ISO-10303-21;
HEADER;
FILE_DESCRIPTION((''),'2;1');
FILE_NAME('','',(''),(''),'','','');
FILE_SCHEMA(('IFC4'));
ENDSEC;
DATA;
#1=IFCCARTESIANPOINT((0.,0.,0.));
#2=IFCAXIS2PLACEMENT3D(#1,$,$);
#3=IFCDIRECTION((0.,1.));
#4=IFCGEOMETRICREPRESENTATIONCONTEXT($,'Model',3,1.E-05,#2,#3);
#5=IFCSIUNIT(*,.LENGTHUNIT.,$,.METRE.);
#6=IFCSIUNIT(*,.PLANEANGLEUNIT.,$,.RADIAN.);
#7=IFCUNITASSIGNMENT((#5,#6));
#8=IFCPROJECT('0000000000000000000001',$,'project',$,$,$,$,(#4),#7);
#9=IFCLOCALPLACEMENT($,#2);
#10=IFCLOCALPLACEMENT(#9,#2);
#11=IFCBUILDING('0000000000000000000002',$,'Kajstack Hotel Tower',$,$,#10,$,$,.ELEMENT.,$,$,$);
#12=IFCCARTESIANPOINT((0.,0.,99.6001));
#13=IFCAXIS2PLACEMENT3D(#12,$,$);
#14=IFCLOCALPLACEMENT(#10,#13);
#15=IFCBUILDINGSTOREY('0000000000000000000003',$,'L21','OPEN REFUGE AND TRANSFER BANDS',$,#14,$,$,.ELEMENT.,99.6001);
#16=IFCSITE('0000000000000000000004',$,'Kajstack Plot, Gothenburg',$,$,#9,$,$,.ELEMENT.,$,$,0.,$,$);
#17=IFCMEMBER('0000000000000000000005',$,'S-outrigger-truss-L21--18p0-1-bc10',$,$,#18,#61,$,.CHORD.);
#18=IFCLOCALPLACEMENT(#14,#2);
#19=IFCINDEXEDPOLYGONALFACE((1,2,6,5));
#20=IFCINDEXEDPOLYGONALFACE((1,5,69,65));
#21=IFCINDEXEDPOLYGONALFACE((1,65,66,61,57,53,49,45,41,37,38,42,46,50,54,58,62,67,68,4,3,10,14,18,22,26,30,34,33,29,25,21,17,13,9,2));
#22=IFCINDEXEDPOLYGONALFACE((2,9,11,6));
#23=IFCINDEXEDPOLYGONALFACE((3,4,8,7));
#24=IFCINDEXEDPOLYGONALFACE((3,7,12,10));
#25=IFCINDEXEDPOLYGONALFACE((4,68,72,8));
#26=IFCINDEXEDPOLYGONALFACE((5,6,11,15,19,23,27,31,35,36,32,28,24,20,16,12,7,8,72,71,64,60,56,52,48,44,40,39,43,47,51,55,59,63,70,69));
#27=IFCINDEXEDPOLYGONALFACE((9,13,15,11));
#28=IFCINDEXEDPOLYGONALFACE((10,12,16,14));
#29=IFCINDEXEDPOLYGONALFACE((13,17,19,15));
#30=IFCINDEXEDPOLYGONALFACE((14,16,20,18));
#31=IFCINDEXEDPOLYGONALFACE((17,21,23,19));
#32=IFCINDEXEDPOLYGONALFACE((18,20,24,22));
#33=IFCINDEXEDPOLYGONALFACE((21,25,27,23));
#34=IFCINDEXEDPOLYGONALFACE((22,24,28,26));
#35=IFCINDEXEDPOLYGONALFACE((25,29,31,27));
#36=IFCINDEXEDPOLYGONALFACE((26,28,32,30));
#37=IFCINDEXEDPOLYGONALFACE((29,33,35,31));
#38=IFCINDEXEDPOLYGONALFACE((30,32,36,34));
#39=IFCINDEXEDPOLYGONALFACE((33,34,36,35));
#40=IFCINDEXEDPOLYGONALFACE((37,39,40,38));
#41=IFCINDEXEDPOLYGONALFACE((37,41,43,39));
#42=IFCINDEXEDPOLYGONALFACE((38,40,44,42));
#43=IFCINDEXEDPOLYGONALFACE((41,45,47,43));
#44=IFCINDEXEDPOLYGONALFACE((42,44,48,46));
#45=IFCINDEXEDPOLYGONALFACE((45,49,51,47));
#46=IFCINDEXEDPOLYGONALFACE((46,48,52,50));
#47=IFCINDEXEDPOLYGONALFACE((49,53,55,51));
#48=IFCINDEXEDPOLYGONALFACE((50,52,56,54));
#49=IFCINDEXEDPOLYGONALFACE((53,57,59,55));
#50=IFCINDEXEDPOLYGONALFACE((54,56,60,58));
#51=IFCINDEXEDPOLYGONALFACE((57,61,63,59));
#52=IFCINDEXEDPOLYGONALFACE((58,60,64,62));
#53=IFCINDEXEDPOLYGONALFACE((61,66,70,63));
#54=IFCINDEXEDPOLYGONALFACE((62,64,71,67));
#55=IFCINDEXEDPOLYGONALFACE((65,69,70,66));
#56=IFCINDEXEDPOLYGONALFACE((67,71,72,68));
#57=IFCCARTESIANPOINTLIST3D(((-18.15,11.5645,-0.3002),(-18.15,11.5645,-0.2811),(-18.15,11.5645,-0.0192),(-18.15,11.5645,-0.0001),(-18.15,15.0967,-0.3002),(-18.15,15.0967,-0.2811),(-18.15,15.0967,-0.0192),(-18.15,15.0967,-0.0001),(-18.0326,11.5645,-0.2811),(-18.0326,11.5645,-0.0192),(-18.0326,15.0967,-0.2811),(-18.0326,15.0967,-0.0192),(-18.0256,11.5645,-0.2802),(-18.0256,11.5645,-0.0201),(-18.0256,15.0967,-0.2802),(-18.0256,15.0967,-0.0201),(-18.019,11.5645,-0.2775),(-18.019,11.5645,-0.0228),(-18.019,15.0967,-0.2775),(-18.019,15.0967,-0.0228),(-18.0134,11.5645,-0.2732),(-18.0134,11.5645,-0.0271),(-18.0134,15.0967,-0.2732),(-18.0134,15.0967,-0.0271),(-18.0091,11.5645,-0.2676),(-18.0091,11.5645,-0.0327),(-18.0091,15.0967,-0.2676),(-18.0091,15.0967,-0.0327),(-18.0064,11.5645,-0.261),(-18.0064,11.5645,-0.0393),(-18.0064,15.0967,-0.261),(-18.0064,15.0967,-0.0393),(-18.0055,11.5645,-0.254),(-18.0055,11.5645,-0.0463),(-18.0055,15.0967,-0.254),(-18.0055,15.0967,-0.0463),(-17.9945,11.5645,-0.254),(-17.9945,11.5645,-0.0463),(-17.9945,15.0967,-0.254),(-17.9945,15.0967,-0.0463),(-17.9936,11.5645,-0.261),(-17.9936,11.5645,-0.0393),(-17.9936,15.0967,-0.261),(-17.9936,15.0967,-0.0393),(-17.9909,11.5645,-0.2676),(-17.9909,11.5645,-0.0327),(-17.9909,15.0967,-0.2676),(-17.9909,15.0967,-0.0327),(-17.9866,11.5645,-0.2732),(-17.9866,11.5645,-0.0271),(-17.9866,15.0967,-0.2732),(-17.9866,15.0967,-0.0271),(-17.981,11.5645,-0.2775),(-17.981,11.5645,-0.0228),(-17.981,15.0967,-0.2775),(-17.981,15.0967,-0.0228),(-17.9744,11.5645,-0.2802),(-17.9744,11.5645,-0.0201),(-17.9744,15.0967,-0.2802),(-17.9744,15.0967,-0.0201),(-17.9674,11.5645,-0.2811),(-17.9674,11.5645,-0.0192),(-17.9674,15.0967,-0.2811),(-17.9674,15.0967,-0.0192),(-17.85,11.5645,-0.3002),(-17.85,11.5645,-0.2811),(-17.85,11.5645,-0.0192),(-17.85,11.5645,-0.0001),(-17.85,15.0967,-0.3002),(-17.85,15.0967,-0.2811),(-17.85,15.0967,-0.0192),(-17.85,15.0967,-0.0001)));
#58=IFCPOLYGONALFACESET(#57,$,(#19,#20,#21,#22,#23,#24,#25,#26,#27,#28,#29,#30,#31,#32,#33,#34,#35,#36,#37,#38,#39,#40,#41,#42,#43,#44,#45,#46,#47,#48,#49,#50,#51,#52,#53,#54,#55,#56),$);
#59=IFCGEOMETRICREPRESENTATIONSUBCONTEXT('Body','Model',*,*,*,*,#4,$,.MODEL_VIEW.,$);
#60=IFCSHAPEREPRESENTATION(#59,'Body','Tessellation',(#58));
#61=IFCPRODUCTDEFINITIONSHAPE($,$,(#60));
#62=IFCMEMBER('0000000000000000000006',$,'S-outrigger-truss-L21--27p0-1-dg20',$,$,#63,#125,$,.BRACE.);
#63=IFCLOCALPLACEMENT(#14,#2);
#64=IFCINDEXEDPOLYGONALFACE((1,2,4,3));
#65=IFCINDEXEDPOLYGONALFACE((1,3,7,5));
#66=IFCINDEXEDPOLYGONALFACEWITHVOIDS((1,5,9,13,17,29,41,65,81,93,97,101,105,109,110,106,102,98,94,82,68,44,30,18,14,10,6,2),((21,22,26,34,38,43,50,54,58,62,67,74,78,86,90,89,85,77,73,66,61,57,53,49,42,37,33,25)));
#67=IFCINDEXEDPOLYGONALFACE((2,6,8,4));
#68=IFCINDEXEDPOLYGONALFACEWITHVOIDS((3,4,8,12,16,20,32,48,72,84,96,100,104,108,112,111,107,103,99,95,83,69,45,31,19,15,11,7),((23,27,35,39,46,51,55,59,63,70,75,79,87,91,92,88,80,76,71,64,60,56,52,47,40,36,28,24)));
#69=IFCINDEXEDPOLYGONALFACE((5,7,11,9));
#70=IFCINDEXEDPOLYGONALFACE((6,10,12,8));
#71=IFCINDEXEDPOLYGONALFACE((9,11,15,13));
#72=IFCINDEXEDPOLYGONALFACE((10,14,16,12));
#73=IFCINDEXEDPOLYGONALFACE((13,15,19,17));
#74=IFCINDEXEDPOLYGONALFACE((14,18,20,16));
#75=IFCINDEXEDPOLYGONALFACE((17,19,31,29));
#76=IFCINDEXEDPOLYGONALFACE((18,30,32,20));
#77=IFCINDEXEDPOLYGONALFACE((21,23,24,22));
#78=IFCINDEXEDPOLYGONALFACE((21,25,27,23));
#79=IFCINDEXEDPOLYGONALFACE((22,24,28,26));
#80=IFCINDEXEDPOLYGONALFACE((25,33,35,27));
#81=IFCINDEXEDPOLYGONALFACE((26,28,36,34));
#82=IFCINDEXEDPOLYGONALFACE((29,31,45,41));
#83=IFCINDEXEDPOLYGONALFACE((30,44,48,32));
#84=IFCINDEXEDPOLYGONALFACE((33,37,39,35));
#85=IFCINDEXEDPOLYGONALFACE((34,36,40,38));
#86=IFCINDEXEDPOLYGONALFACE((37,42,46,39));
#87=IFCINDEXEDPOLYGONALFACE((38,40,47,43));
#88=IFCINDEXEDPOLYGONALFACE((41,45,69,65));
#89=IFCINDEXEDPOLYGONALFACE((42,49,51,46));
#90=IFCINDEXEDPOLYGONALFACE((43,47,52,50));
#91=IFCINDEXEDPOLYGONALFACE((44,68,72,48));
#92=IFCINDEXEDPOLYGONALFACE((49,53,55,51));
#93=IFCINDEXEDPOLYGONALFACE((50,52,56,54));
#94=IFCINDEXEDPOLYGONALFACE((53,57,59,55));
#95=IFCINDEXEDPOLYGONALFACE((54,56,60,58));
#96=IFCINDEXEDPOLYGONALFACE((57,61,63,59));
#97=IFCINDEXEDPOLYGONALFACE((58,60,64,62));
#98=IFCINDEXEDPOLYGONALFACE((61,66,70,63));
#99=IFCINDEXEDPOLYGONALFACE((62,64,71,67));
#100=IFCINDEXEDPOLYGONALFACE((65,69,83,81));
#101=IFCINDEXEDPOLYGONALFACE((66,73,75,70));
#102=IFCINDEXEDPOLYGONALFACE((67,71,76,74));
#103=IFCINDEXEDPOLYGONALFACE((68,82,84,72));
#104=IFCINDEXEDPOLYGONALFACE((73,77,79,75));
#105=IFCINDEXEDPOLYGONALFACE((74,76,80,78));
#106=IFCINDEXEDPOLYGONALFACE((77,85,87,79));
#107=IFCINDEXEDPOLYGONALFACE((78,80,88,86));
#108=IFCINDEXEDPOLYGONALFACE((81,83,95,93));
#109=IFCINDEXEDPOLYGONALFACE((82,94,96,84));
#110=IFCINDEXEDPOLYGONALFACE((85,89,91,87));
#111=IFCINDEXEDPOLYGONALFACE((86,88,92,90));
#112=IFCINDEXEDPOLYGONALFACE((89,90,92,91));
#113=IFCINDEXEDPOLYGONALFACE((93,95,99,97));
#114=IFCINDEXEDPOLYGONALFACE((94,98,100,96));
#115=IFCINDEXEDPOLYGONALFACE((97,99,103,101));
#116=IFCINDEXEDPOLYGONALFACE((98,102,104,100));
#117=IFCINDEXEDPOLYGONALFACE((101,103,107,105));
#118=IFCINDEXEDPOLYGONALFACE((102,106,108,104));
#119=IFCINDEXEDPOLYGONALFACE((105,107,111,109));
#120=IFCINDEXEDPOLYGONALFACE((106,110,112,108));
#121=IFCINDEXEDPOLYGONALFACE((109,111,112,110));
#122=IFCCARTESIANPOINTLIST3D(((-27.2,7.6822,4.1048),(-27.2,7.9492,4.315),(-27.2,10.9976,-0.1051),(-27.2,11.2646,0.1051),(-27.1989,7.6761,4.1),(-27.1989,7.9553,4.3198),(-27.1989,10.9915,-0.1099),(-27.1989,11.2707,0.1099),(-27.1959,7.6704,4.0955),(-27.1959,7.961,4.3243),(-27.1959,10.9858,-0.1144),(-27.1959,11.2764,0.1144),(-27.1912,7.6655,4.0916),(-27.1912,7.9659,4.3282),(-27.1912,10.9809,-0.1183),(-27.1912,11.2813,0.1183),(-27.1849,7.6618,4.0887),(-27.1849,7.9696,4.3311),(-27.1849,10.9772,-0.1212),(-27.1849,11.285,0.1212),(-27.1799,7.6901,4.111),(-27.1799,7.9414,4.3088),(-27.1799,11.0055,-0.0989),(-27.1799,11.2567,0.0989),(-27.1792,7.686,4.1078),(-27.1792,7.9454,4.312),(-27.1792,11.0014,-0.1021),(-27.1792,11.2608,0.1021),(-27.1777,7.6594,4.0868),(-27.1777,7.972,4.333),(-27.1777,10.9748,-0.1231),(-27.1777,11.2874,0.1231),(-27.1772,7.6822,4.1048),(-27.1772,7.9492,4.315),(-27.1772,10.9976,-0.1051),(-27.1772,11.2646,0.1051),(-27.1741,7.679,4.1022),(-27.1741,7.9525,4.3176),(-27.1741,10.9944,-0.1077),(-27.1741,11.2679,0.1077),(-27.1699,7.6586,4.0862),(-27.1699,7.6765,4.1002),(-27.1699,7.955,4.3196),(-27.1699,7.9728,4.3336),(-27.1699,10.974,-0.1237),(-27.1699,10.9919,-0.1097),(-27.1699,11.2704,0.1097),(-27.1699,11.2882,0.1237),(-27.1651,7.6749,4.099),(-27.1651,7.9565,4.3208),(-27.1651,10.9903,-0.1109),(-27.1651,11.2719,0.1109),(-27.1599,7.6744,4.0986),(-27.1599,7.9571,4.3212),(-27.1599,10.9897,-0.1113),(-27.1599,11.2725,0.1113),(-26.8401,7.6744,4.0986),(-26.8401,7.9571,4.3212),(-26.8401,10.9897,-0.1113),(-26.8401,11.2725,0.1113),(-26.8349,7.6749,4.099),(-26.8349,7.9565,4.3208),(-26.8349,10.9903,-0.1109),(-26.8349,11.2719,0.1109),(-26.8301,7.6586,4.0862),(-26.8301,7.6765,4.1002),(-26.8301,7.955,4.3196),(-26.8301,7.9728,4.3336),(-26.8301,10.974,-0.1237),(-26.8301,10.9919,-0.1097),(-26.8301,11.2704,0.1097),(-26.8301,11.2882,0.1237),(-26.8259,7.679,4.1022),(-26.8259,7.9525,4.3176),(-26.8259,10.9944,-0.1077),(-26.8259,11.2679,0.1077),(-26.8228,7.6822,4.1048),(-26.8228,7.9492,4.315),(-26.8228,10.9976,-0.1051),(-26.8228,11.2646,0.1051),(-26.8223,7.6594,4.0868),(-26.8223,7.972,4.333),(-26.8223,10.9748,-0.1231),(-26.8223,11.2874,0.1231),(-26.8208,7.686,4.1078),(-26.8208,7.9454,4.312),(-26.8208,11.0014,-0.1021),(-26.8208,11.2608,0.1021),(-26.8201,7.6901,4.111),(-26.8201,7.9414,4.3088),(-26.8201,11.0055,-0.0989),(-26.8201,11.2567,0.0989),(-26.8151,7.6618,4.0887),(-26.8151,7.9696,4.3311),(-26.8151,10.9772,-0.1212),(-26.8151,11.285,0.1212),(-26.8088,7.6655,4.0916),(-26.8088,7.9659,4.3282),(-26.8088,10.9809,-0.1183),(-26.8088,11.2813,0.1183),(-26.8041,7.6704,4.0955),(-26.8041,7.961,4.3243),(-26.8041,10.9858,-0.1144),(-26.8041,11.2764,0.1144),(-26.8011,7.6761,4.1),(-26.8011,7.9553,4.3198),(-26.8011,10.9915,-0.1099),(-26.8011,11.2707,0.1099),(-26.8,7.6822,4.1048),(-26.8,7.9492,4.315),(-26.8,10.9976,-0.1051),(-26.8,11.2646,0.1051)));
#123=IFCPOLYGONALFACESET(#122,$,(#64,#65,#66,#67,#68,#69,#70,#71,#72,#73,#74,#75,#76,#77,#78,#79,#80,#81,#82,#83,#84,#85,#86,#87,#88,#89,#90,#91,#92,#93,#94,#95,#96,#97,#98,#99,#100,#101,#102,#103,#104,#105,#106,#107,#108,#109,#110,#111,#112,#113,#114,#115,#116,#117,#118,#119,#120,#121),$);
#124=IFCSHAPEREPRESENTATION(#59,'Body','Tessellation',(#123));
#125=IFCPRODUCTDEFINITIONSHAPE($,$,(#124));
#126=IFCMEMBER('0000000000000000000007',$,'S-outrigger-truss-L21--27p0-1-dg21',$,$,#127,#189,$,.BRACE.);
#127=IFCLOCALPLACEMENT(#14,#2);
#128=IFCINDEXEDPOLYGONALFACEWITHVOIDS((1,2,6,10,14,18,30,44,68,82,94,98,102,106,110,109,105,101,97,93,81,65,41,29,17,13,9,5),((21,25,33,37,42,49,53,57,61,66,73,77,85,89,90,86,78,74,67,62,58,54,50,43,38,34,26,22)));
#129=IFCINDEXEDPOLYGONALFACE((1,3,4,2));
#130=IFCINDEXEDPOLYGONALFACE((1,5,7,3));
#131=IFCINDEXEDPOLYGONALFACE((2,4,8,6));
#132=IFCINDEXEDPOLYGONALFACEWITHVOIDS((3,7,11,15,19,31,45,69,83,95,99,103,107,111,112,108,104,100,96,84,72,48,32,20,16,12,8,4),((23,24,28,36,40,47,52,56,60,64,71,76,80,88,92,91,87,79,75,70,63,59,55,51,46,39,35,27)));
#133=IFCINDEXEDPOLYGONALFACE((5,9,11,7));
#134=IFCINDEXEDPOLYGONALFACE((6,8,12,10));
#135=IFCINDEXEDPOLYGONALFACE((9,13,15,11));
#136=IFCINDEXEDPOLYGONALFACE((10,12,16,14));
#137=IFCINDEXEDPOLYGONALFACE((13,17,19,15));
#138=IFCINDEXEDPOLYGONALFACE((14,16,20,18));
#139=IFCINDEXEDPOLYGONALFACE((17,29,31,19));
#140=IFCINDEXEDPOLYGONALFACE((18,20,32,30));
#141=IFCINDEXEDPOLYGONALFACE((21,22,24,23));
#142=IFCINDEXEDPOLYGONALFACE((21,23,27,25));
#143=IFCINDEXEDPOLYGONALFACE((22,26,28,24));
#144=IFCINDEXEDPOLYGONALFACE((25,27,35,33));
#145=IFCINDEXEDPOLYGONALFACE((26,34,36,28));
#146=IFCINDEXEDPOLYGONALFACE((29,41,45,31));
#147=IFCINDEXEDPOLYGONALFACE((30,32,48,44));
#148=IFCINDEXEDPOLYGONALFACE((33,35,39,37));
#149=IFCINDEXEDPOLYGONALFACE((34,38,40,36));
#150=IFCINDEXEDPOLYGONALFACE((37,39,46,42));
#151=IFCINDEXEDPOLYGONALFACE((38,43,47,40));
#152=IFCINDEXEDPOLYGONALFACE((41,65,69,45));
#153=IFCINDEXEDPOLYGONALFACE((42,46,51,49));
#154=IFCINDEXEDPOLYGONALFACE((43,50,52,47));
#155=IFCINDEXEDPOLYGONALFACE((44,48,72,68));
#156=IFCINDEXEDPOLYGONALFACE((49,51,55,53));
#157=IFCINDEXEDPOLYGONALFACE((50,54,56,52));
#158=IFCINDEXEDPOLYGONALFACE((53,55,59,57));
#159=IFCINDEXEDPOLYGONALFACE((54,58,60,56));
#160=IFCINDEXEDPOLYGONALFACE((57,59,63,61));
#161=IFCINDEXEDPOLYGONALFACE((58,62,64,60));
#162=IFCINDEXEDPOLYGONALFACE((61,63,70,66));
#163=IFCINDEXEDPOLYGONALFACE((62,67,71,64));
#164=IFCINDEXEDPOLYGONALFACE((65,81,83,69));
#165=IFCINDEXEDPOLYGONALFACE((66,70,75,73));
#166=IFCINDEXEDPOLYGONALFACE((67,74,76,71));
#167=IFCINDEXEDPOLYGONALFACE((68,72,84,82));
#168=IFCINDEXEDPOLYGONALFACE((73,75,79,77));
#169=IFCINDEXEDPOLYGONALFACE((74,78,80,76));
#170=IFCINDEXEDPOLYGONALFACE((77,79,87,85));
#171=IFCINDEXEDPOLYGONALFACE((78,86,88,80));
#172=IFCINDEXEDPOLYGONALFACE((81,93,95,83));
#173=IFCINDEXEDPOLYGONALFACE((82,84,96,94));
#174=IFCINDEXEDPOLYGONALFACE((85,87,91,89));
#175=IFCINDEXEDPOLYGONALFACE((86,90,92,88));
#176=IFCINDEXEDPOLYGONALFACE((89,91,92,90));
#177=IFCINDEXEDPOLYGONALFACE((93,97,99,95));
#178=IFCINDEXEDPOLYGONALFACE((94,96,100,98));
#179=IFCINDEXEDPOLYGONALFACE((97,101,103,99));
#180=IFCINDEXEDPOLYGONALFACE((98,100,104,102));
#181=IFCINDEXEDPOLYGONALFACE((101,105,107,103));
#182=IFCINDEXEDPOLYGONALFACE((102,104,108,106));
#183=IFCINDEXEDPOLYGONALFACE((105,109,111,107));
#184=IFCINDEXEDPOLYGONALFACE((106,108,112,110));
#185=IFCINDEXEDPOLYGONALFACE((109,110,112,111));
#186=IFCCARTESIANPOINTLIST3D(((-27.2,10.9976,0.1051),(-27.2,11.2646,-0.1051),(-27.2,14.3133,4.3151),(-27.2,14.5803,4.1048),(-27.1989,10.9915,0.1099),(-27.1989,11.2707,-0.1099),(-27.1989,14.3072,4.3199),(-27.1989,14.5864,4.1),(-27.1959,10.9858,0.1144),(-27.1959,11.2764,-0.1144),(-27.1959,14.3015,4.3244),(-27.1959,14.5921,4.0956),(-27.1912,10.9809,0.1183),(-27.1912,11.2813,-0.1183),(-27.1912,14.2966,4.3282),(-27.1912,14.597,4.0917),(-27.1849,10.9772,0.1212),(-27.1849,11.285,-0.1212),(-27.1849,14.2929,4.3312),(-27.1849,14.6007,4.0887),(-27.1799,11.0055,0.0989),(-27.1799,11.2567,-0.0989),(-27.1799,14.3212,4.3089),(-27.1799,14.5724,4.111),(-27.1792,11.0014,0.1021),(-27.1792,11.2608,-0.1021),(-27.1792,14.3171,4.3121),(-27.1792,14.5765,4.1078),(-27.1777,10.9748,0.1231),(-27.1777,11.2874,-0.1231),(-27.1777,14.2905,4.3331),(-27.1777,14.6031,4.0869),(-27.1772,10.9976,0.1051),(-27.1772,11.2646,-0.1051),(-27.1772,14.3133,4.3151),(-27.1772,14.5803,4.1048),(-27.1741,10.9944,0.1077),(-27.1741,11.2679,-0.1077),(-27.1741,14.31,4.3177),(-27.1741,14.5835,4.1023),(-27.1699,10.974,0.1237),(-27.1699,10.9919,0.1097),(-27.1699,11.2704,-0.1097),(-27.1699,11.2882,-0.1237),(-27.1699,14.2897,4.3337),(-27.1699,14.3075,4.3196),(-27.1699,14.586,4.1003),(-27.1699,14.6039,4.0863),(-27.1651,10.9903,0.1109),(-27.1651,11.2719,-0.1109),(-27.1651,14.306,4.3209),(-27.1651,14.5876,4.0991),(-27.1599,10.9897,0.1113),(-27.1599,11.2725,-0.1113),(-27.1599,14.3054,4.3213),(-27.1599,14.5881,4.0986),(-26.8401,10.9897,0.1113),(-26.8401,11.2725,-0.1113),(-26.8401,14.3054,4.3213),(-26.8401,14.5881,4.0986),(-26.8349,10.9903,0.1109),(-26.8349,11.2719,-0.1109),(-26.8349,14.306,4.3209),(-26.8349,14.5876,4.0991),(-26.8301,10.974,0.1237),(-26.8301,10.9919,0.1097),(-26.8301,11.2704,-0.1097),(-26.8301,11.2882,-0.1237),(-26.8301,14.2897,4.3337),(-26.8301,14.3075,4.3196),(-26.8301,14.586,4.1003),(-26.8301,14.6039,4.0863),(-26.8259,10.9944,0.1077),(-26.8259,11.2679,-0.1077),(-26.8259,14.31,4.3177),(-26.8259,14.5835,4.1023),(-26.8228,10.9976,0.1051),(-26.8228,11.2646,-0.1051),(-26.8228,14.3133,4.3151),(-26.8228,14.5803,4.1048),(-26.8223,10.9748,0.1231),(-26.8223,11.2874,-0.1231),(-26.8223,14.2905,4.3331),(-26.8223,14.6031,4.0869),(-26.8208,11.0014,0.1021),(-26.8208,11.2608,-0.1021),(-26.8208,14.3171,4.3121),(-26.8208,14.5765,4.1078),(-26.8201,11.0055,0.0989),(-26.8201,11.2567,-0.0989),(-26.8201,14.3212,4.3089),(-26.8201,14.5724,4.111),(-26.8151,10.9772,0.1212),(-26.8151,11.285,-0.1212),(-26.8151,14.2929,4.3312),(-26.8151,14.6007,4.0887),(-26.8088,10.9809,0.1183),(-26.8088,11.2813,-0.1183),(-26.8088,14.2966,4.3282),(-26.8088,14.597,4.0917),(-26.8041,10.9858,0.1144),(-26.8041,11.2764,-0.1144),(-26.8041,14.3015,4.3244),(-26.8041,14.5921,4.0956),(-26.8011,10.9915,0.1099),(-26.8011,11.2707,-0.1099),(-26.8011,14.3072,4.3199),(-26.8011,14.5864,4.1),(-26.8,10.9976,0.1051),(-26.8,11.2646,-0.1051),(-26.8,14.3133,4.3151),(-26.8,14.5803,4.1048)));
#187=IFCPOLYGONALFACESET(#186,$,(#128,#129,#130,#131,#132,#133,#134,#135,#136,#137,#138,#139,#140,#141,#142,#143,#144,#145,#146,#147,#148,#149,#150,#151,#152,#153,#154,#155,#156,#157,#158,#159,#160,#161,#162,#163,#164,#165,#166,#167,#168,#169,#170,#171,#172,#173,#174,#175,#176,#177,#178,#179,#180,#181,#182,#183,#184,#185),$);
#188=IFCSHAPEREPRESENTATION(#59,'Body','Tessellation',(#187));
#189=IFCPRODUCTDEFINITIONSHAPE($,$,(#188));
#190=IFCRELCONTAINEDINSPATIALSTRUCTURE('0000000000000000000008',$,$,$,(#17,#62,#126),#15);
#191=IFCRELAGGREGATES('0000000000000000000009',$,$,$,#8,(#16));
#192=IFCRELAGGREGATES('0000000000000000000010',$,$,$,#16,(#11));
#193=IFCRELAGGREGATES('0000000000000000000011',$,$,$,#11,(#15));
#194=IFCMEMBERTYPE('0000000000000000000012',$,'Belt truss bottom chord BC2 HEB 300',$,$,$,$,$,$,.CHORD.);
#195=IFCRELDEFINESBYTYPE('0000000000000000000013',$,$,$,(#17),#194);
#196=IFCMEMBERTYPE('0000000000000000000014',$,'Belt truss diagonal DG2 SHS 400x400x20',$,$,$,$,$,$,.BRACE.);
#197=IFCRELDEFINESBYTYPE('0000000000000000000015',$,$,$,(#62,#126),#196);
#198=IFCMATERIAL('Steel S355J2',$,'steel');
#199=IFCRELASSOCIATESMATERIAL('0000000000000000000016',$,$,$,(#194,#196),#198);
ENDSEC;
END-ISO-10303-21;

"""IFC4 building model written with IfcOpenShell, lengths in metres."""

from ifc_helpers import new_model, si_unit, direction, frame, origin, origin_2d, place, context, subcontext, project, spatial, hollow_rectangle, i_section, extrude, material, material_profile, profile_set, type_object, element, save


model = new_model("IFC4")

# Units and contexts
model_context = context("Model", 3, precision=1e-05, world=origin(), true_north=direction((0.0, 1.0)))
body_context = subcontext(model_context, "Body", "Model", "MODEL_VIEW")
ifc_project = project(units=[si_unit("LENGTHUNIT", "METRE"), si_unit("PLANEANGLEUNIT", "RADIAN")], contexts=[model_context])

# Site, building, storey
site_placement = place(None, origin())
site = spatial("IfcSite", under=ifc_project, at=site_placement, Name="Kajstack Plot, Gothenburg", CompositionType="ELEMENT", RefElevation=0.0)
building_placement = place(site_placement, origin())
building = spatial("IfcBuilding", under=site, at=building_placement, Name="Kajstack Hotel Tower", CompositionType="ELEMENT")
storey_placement = place(building_placement, frame((0.0, 0.0, 99.6001)))
storey = spatial("IfcBuildingStorey", under=building, at=storey_placement, Name="L21", Description="OPEN REFUGE AND TRANSFER BANDS", CompositionType="ELEMENT", Elevation=99.6001)

# Members
ifc_material = material(Name="Steel S355J2", Category="steel")
ifc_material_profile_1 = material_profile(ifc_material, i_section(OverallWidth=0.3, OverallDepth=0.3, WebThickness=0.011, FlangeThickness=0.019, FilletRadius=0.0271, at=origin_2d()), Name="HEB 300")
ifc_profile_set_1 = profile_set([ifc_material_profile_1], Name="Steel S355J2")
member_type_1 = type_object("IfcMemberType", Name="Belt truss bottom chord BC2 HEB 300", PredefinedType="CHORD", material=ifc_profile_set_1)
for number, where, z_axis, x_axis, name in (
    (1, (-18.0, 11.5645, -0.1501), (0.0, 1.0, 0.0), (-1.0, 0.0, 0.0), "S-outrigger-truss-L21--18p0-1-bc10"),
):
    element("IfcMember", number, at=place(storey_placement, frame(where, z_axis=z_axis, x_axis=x_axis)), inside=storey, type_object=member_type_1, Name=name, PredefinedType="CHORD", context=body_context, shape_type="SweptSolid", body=[
        extrude(i_section(OverallWidth=0.3, OverallDepth=0.3, WebThickness=0.011, FlangeThickness=0.019, FilletRadius=0.0271, at=origin_2d()), origin(), (0.0, 0.0, 1.0), 3.5322),
    ])
ifc_material_profile_2 = material_profile(ifc_material, hollow_rectangle(XDim=0.3999, YDim=0.3999, WallThickness=0.02, InnerFilletRadius=0.02, OuterFilletRadius=0.03, at=origin_2d()), Name="SHS 400x400x20")
ifc_profile_set_2 = profile_set([ifc_material_profile_2], Name="Steel S355J2")
member_type_2 = type_object("IfcMemberType", Name="Belt truss diagonal DG2 SHS 400x400x20", PredefinedType="BRACE", material=ifc_profile_set_2)
member_1_placement = place(storey_placement, frame((-27.0, 11.1311, 0.0), z_axis=(0.0, -0.618698, 0.785629), x_axis=(1.0, 0.0, 0.0)))
element("IfcMember", 2, at=member_1_placement, inside=storey, type_object=member_type_2, Name="S-outrigger-truss-L21--27p0-1-dg20", PredefinedType="BRACE", context=body_context, shape_type="SweptSolid", body=[
    extrude(hollow_rectangle(XDim=0.3999, YDim=0.3999, WallThickness=0.02, InnerFilletRadius=0.02, OuterFilletRadius=0.03, at=origin_2d()), origin(), (0.0, 0.0, 1.0), 5.3586),
])
member_2_placement = place(storey_placement, frame((-27.0, 11.1311, 0.0), z_axis=(0.0, 0.618727, 0.785606), x_axis=(-1.0, 0.0, 0.0)))
element("IfcMember", 3, at=member_2_placement, inside=storey, type_object=member_type_2, Name="S-outrigger-truss-L21--27p0-1-dg21", PredefinedType="BRACE", context=body_context, shape_type="SweptSolid", body=[
    extrude(hollow_rectangle(XDim=0.3999, YDim=0.3999, WallThickness=0.02, InnerFilletRadius=0.02, OuterFilletRadius=0.03, at=origin_2d()), origin(), (0.0, 0.0, 1.0), 5.3589),
])

save(model, "model.ifc")
